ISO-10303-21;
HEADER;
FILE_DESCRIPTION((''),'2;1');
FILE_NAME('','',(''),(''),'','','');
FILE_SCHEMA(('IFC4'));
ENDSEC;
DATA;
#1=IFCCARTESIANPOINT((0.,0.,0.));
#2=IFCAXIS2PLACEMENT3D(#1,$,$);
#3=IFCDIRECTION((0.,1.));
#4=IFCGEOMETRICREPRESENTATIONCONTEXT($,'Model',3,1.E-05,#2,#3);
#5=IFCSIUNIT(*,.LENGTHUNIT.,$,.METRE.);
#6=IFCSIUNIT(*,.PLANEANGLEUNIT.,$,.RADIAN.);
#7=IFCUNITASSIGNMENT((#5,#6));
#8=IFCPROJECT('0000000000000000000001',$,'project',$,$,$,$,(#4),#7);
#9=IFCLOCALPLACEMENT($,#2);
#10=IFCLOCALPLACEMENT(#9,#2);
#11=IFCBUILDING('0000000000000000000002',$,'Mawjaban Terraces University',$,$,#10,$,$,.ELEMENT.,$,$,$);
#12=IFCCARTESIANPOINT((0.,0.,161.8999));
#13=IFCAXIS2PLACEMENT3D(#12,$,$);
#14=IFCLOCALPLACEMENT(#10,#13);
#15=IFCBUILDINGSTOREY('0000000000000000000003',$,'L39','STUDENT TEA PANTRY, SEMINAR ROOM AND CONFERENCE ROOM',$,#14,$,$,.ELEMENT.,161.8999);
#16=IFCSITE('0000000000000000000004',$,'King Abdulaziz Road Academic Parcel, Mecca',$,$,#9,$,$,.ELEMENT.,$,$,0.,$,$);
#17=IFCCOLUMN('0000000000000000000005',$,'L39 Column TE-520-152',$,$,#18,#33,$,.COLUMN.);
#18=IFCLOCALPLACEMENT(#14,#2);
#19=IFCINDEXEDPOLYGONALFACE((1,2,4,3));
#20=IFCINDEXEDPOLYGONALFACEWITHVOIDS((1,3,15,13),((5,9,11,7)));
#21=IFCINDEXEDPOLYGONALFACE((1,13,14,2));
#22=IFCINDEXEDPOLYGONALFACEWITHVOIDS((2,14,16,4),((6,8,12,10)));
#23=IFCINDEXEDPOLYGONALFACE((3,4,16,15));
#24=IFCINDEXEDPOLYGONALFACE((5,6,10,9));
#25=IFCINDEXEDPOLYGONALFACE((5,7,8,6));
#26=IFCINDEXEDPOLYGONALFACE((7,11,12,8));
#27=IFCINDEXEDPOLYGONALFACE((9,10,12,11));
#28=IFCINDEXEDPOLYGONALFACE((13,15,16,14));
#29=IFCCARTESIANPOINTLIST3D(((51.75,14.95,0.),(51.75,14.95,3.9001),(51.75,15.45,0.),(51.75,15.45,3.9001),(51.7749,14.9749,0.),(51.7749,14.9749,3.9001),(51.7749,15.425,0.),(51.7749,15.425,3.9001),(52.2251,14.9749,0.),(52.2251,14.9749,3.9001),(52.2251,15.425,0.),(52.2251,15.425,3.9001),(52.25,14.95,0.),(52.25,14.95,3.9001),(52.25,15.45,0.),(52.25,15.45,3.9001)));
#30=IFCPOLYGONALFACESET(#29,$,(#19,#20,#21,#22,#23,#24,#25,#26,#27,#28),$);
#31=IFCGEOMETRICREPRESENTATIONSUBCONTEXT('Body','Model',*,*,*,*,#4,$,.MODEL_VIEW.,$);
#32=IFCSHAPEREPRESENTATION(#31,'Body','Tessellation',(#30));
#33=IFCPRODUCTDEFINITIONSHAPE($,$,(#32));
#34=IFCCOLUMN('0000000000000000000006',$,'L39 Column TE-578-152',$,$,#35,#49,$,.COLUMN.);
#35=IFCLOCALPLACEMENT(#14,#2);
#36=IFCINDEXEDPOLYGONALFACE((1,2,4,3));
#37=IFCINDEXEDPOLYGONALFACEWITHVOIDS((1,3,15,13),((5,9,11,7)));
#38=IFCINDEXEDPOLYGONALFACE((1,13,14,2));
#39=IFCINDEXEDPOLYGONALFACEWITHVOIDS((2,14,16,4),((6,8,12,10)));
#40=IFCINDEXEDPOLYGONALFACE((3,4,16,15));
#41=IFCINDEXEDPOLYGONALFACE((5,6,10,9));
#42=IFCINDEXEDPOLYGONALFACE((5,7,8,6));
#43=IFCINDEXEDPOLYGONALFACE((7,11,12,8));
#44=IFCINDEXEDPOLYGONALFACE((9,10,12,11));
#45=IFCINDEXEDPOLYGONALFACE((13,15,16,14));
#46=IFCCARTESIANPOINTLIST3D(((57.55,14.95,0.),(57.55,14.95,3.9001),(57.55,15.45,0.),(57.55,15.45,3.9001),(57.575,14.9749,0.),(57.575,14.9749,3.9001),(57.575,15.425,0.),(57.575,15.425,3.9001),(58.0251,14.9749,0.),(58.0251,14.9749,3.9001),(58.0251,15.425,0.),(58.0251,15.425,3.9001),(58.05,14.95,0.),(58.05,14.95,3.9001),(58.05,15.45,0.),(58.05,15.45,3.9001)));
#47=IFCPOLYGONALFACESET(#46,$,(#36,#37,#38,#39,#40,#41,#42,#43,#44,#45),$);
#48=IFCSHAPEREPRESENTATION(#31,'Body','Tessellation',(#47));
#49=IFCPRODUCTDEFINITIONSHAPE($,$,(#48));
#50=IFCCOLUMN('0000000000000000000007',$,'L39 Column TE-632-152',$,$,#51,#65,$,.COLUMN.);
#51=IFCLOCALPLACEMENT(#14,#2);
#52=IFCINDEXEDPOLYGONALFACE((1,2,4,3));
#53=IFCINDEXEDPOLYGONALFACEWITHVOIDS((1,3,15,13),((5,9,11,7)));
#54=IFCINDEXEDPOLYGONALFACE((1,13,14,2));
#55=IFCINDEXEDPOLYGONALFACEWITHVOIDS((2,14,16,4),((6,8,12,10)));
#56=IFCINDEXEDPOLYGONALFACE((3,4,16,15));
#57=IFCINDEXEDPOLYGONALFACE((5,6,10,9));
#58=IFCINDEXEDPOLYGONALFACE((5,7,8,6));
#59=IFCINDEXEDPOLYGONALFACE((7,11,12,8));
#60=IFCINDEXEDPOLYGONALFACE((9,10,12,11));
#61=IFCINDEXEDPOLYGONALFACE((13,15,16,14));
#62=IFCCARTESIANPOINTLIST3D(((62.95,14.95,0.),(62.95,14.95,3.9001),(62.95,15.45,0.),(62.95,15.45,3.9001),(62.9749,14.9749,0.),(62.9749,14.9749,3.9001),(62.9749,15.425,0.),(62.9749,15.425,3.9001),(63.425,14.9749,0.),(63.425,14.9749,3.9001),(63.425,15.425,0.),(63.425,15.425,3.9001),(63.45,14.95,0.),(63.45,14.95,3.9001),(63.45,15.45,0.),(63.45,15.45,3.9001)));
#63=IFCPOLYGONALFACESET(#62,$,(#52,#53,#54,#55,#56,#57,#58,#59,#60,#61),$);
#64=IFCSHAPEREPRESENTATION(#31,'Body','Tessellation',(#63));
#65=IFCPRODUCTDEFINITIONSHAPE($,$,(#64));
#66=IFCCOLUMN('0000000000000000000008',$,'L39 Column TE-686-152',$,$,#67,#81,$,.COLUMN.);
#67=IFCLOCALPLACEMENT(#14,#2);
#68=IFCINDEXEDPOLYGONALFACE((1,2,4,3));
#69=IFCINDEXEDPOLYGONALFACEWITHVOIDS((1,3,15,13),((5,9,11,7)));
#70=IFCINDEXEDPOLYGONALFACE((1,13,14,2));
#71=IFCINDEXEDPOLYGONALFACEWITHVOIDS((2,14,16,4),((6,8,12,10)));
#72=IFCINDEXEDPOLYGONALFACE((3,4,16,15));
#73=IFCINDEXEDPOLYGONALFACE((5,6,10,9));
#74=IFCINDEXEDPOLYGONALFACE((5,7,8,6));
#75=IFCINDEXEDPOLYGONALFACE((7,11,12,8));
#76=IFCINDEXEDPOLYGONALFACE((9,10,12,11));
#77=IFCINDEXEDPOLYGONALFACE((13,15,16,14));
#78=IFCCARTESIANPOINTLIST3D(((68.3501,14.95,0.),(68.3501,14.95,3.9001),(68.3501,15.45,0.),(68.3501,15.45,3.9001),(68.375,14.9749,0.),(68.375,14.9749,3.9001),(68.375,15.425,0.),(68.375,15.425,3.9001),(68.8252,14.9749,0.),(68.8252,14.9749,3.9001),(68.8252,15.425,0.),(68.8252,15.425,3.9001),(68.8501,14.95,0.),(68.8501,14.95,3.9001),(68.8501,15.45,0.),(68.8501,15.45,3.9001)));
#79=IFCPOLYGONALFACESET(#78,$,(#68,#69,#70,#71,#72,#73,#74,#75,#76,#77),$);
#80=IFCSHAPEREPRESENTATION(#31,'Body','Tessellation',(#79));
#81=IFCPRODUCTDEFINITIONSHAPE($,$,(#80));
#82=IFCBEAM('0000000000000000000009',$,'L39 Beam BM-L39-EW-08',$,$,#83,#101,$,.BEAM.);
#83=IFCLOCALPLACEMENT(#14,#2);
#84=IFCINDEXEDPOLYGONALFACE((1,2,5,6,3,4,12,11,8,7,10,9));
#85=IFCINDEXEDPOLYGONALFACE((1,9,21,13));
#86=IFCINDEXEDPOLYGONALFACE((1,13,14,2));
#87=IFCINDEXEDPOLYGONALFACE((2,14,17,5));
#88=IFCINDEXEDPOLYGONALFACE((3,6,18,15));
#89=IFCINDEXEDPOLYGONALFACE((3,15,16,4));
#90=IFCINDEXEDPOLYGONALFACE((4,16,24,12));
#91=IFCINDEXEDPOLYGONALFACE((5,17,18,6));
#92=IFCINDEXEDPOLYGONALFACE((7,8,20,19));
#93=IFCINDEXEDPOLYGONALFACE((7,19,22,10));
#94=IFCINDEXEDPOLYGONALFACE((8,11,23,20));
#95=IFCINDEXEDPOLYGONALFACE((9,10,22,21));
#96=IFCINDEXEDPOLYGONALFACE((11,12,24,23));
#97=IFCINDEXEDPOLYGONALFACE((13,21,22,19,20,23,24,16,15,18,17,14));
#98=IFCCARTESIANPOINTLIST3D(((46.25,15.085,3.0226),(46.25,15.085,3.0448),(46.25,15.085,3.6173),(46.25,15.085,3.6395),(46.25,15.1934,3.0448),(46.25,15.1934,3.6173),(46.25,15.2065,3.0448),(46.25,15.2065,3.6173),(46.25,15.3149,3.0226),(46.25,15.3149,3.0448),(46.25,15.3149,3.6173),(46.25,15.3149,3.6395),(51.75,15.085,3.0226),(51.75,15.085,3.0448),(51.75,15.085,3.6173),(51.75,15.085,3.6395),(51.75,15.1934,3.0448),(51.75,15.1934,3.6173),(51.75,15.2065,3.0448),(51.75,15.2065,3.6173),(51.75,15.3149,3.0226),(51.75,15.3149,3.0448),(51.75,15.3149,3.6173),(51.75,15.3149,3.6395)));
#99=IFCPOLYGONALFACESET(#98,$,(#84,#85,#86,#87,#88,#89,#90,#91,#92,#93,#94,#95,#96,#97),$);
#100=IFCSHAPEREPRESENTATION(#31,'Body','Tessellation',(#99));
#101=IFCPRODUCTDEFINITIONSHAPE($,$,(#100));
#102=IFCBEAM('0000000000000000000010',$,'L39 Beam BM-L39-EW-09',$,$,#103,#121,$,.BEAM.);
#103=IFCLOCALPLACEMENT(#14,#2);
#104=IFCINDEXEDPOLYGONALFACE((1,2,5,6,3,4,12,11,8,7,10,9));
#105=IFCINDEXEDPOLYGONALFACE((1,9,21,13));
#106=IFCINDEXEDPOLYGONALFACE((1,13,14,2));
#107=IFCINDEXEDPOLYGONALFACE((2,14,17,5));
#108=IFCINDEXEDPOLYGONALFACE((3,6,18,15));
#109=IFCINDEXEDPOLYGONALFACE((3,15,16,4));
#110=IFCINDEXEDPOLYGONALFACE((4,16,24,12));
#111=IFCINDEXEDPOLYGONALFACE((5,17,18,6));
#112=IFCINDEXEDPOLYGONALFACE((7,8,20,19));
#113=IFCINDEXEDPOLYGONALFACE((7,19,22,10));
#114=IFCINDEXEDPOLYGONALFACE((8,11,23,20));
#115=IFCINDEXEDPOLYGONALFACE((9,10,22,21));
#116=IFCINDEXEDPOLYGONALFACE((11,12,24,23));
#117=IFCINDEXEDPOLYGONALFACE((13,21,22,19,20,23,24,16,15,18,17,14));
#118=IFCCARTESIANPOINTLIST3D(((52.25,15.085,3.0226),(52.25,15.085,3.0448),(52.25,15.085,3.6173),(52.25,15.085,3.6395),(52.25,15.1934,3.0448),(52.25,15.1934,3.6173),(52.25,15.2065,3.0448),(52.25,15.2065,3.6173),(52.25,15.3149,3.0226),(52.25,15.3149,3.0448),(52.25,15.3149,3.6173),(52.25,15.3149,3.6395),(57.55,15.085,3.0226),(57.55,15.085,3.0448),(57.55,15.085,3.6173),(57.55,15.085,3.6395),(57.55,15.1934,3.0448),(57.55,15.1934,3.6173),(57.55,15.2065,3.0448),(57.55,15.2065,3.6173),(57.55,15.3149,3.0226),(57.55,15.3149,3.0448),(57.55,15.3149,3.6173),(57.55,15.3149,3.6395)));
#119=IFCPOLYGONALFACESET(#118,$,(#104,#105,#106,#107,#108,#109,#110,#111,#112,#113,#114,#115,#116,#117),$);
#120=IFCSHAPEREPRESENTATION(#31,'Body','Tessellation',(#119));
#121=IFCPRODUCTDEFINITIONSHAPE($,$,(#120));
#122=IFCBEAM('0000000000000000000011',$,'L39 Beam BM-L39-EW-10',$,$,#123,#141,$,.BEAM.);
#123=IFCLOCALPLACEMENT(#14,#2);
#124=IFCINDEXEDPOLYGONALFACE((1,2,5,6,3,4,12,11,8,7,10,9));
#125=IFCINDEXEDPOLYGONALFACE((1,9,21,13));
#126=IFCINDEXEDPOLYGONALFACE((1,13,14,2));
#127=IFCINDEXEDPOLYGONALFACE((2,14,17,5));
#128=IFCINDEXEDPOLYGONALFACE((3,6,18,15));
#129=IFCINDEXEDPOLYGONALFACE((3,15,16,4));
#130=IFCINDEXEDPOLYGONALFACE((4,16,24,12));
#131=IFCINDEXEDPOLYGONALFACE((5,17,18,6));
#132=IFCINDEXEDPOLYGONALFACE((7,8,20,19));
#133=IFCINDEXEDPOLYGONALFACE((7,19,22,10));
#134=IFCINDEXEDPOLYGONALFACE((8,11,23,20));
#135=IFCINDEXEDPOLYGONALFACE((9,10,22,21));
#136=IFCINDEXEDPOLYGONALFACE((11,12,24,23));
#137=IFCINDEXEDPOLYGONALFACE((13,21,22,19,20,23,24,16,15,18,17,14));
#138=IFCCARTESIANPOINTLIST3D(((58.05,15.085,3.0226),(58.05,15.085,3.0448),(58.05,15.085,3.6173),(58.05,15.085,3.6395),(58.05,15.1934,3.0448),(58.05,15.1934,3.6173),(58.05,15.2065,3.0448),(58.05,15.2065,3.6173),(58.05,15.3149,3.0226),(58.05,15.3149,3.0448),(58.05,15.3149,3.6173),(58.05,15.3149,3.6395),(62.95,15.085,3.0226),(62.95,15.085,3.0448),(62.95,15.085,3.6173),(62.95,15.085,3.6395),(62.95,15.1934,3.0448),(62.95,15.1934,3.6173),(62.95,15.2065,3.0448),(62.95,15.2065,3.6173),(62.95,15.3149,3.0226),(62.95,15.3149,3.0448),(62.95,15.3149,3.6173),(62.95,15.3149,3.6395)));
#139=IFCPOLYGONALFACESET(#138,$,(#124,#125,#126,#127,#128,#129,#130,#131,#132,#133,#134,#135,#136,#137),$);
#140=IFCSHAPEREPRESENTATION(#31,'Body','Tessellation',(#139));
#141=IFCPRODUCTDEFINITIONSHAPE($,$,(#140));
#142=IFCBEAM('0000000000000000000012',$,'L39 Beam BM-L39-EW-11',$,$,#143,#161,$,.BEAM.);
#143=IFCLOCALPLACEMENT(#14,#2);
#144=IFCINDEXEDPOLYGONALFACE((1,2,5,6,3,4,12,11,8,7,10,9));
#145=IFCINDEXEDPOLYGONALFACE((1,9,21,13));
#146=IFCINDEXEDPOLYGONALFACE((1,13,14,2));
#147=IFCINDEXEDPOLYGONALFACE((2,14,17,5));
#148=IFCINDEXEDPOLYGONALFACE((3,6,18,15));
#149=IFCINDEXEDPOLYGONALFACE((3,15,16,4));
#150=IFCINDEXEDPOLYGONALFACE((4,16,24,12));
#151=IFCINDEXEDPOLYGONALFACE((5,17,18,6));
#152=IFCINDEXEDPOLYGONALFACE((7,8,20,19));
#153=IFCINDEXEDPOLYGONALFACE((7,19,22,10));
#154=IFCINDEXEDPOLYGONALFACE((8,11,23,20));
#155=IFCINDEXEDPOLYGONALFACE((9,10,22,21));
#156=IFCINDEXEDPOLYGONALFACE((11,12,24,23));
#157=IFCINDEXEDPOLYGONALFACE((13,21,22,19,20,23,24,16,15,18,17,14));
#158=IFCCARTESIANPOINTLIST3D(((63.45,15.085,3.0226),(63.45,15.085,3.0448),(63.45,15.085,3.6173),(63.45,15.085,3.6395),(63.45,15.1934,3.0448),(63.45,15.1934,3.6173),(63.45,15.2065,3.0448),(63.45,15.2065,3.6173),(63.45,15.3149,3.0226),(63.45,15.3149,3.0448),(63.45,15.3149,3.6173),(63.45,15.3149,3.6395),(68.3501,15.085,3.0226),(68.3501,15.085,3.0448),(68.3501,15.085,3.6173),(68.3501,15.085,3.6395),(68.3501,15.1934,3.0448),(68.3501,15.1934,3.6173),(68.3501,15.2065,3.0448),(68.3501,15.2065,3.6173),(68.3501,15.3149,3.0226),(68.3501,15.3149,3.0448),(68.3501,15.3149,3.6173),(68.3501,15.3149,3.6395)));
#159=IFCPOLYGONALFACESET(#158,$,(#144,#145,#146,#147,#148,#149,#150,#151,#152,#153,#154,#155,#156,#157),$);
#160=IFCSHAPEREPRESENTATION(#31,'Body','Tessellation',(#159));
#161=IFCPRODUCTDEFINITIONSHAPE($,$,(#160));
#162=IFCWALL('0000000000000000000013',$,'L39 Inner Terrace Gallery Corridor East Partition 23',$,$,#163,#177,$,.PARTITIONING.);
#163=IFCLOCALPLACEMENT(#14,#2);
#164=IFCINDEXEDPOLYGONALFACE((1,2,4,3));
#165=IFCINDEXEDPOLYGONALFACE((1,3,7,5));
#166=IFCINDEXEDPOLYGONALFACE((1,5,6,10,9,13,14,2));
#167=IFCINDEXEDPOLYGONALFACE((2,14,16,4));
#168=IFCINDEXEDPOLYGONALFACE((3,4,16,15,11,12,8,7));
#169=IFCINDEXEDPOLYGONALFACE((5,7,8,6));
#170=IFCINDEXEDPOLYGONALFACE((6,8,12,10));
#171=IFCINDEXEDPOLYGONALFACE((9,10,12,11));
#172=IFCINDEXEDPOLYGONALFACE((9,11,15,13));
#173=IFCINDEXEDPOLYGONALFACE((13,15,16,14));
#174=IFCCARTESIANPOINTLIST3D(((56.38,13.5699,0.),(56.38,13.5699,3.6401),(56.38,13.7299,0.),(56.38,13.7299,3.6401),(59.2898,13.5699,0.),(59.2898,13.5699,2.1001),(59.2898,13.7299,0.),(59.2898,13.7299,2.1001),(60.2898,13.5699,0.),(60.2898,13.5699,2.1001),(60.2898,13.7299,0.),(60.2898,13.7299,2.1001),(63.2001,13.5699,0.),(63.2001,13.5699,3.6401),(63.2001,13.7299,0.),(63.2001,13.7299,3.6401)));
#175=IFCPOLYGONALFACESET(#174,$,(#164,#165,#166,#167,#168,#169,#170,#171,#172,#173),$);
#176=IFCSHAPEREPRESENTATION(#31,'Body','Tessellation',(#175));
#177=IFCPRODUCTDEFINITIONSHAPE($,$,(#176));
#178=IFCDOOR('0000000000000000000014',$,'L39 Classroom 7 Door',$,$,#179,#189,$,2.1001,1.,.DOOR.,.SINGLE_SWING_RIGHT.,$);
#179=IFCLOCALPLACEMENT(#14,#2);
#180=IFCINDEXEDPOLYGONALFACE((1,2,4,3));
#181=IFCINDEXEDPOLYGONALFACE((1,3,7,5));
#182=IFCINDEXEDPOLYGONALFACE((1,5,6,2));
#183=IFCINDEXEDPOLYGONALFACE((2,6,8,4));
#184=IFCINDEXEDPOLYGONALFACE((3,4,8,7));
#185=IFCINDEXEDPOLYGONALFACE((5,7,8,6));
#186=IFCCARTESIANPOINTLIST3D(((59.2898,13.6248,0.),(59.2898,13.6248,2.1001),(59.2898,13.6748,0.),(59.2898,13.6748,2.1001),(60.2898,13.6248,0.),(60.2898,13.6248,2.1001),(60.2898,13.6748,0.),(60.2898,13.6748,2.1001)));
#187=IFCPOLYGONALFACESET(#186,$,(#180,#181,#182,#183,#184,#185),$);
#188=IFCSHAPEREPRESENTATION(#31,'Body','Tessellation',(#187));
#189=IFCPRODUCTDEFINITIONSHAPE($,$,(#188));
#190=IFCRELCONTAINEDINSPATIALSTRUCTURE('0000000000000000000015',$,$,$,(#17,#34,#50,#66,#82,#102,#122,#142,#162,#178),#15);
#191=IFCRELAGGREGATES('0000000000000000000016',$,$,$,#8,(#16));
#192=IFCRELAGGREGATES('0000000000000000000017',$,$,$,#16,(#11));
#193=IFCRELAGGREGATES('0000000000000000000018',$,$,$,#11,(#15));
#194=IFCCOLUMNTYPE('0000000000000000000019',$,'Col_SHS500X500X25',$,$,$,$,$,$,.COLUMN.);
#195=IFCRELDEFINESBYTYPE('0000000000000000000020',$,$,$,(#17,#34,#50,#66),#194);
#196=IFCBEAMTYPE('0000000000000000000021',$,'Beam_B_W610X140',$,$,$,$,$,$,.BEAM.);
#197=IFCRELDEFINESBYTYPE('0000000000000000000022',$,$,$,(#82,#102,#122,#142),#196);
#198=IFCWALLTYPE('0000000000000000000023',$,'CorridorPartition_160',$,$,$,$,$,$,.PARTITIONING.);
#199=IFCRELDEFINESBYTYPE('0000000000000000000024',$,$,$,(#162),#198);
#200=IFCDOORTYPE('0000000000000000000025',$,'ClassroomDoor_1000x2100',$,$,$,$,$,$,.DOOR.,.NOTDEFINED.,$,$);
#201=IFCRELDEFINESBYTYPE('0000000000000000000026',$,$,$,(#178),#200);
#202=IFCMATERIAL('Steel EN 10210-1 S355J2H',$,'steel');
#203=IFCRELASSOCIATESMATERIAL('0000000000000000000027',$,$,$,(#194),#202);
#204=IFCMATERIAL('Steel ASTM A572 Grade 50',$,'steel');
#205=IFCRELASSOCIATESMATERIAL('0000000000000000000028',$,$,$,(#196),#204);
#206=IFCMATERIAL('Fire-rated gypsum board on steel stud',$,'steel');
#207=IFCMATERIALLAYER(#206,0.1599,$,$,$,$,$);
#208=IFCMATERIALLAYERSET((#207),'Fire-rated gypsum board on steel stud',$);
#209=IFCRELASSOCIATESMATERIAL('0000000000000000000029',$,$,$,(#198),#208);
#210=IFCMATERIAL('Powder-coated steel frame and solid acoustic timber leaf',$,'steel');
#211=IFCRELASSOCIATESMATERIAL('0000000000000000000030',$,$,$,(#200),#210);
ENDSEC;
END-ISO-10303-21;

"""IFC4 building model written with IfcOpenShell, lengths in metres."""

from ifc_helpers import new_model, si_unit, direction, frame, frame_2d, origin, origin_2d, place, context, subcontext, project, spatial, rectangle, hollow_rectangle, i_section, extrude, material, layer, layer_set, material_profile, profile_set, type_object, element, fill, save


model = new_model("IFC4")

# Units and contexts
model_context = context("Model", 3, precision=1e-05, world=origin(), true_north=direction((0.0, 1.0)))
body_context = subcontext(model_context, "Body", "Model", "MODEL_VIEW")
ifc_project = project(units=[si_unit("LENGTHUNIT", "METRE"), si_unit("PLANEANGLEUNIT", "RADIAN")], contexts=[model_context])

# Site, building, storey
site_placement = place(None, origin())
site = spatial("IfcSite", under=ifc_project, at=site_placement, Name="King Abdulaziz Road Academic Parcel, Mecca", CompositionType="ELEMENT", RefElevation=0.0)
building_placement = place(site_placement, origin())
building = spatial("IfcBuilding", under=site, at=building_placement, Name="Mawjaban Terraces University", CompositionType="ELEMENT")
storey_placement = place(building_placement, frame((0.0, 0.0, 161.8999)))
storey = spatial("IfcBuildingStorey", under=building, at=storey_placement, Name="L39", Description="STUDENT TEA PANTRY, SEMINAR ROOM AND CONFERENCE ROOM", CompositionType="ELEMENT", Elevation=161.8999)

# Columns
ifc_material_1 = material(Name="Steel EN 10210-1 S355J2H", Category="steel")
ifc_material_profile_1 = material_profile(ifc_material_1, hollow_rectangle(XDim=0.5, YDim=0.5, WallThickness=0.0249, at=origin_2d()), Name="SHS500X500X25")
ifc_profile_set_1 = profile_set([ifc_material_profile_1], Name="Steel EN 10210-1 S355J2H")
column_type = type_object("IfcColumnType", Name="Col_SHS500X500X25", PredefinedType="COLUMN", material=ifc_profile_set_1)
for number, where, z_axis, x_axis, name in (
    (1, (52.0, 15.2, 0.0), (0.0, 0.0, 1.0), (1.0, 0.0, 0.0), "L39 Column TE-520-152"),
    (2, (57.8, 15.2, 0.0), (0.0, 0.0, 1.0), (1.0, 0.0, 0.0), "L39 Column TE-578-152"),
    (3, (63.2, 15.2, 0.0), (0.0, 0.0, 1.0), (1.0, 0.0, 0.0), "L39 Column TE-632-152"),
    (4, (68.6001, 15.2, 0.0), (0.0, 0.0, 1.0), (1.0, 0.0, 0.0), "L39 Column TE-686-152"),
):
    element("IfcColumn", number, at=place(storey_placement, frame(where, z_axis=z_axis, x_axis=x_axis)), inside=storey, type_object=column_type, Name=name, PredefinedType="COLUMN", context=body_context, shape_type="SweptSolid", body=[
        extrude(hollow_rectangle(XDim=0.5, YDim=0.5, WallThickness=0.0249, at=origin_2d()), origin(), (0.0, 0.0, 1.0), 3.9001),
    ])

# Beams
ifc_material_2 = material(Name="Steel ASTM A572 Grade 50", Category="steel")
ifc_material_profile_2 = material_profile(ifc_material_2, i_section(OverallWidth=0.23, OverallDepth=0.6169, WebThickness=0.0132, FlangeThickness=0.0222, at=origin_2d()), Name="W610X140")
ifc_profile_set_2 = profile_set([ifc_material_profile_2], Name="Steel ASTM A572 Grade 50")
beam_type = type_object("IfcBeamType", Name="Beam_B_W610X140", PredefinedType="BEAM", material=ifc_profile_set_2)
beam_1_placement = place(storey_placement, frame((46.25, 15.2, 3.3311), z_axis=(1.0, 0.0, 0.0), x_axis=(0.0, 1.0, 0.0)))
element("IfcBeam", 5, at=beam_1_placement, inside=storey, type_object=beam_type, Name="L39 Beam BM-L39-EW-08", PredefinedType="BEAM", context=body_context, shape_type="SweptSolid", body=[
    extrude(i_section(OverallWidth=0.23, OverallDepth=0.6169, WebThickness=0.0132, FlangeThickness=0.0222, at=origin_2d()), origin(), (0.0, 0.0, 1.0), 5.5),
])
beam_2_placement = place(storey_placement, frame((52.25, 15.2, 3.3311), z_axis=(1.0, 0.0, 0.0), x_axis=(0.0, 1.0, 0.0)))
element("IfcBeam", 6, at=beam_2_placement, inside=storey, type_object=beam_type, Name="L39 Beam BM-L39-EW-09", PredefinedType="BEAM", context=body_context, shape_type="SweptSolid", body=[
    extrude(i_section(OverallWidth=0.23, OverallDepth=0.6169, WebThickness=0.0132, FlangeThickness=0.0222, at=origin_2d()), origin(), (0.0, 0.0, 1.0), 5.3),
])
beam_3_placement = place(storey_placement, frame((58.05, 15.2, 3.3311), z_axis=(1.0, 0.0, 0.0), x_axis=(0.0, 1.0, 0.0)))
element("IfcBeam", 7, at=beam_3_placement, inside=storey, type_object=beam_type, Name="L39 Beam BM-L39-EW-10", PredefinedType="BEAM", context=body_context, shape_type="SweptSolid", body=[
    extrude(i_section(OverallWidth=0.23, OverallDepth=0.6169, WebThickness=0.0132, FlangeThickness=0.0222, at=origin_2d()), origin(), (0.0, 0.0, 1.0), 4.8999),
])
beam_4_placement = place(storey_placement, frame((63.45, 15.2, 3.3311), z_axis=(1.0, 0.0, 0.0), x_axis=(0.0, 1.0, 0.0)))
element("IfcBeam", 8, at=beam_4_placement, inside=storey, type_object=beam_type, Name="L39 Beam BM-L39-EW-11", PredefinedType="BEAM", context=body_context, shape_type="SweptSolid", body=[
    extrude(i_section(OverallWidth=0.23, OverallDepth=0.6169, WebThickness=0.0132, FlangeThickness=0.0222, at=origin_2d()), origin(), (0.0, 0.0, 1.0), 4.9001),
])

# Wall, opening, door
ifc_material_3 = material(Name="Fire-rated gypsum board on steel stud", Category="steel")
ifc_layer_1 = layer(ifc_material_3, 0.1599)
ifc_layer_set_1 = layer_set([ifc_layer_1], Name="Fire-rated gypsum board on steel stud")
wall_type_1 = type_object("IfcWallType", Name="CorridorPartition_160", PredefinedType="PARTITIONING", material=ifc_layer_set_1)
wall_1_placement = place(storey_placement, frame((56.3799, 13.6499, 0.0), z_axis=(0.0, 0.0, 1.0), x_axis=(1.0, 0.0, 0.0)))
wall_1 = element("IfcWall", 9, at=wall_1_placement, inside=storey, type_object=wall_type_1, Name="L39 Inner Terrace Gallery Corridor East Partition 23", PredefinedType="PARTITIONING", context=body_context, shape_type="SweptSolid", body=[
    extrude(rectangle(XDim=6.8201, YDim=0.1599, at=frame_2d((3.4102, 0.0))), origin(), (0.0, 0.0, 1.0), 3.6401),
])
opening_1_placement = place(wall_1_placement, frame((2.9099, 0.0, 0.0)))
opening_1 = element("IfcOpeningElement", 10, at=opening_1_placement, cuts=wall_1, PredefinedType="OPENING", context=body_context, shape_type="SweptSolid", body=[
    extrude(rectangle(XDim=1.0, YDim=2.1001, at=frame_2d((0.5, 1.05))), frame((0.0, 0.0898, 0.0), z_axis=(0.0, -1.0, 0.0), x_axis=(1.0, 0.0, 0.0)), (0.0, 0.0, 1.0), 0.1799),
])
ifc_material_4 = material(Name="Powder-coated steel frame and solid acoustic timber leaf", Category="steel")
door_type_1 = type_object("IfcDoorType", Name="ClassroomDoor_1000x2100", OperationType="NOTDEFINED", PredefinedType="DOOR", material=ifc_material_4)
door_1_placement = place(opening_1_placement, origin())
door_1 = element("IfcDoor", 11, at=door_1_placement, inside=storey, type_object=door_type_1, Name="L39 Classroom 7 Door", OperationType="SINGLE_SWING_RIGHT", OverallHeight=2.1001, OverallWidth=1.0, PredefinedType="DOOR", context=body_context, shape_type="SweptSolid", body=[
    extrude(rectangle(XDim=1.0, YDim=2.1001, at=frame_2d((0.5, 1.05))), frame((0.0, 0.0249, 0.0), z_axis=(0.0, -1.0, 0.0), x_axis=(1.0, 0.0, 0.0)), (0.0, 0.0, 1.0), 0.05),
])
fill(opening_1, door_1)

save(model, "model.ifc")
